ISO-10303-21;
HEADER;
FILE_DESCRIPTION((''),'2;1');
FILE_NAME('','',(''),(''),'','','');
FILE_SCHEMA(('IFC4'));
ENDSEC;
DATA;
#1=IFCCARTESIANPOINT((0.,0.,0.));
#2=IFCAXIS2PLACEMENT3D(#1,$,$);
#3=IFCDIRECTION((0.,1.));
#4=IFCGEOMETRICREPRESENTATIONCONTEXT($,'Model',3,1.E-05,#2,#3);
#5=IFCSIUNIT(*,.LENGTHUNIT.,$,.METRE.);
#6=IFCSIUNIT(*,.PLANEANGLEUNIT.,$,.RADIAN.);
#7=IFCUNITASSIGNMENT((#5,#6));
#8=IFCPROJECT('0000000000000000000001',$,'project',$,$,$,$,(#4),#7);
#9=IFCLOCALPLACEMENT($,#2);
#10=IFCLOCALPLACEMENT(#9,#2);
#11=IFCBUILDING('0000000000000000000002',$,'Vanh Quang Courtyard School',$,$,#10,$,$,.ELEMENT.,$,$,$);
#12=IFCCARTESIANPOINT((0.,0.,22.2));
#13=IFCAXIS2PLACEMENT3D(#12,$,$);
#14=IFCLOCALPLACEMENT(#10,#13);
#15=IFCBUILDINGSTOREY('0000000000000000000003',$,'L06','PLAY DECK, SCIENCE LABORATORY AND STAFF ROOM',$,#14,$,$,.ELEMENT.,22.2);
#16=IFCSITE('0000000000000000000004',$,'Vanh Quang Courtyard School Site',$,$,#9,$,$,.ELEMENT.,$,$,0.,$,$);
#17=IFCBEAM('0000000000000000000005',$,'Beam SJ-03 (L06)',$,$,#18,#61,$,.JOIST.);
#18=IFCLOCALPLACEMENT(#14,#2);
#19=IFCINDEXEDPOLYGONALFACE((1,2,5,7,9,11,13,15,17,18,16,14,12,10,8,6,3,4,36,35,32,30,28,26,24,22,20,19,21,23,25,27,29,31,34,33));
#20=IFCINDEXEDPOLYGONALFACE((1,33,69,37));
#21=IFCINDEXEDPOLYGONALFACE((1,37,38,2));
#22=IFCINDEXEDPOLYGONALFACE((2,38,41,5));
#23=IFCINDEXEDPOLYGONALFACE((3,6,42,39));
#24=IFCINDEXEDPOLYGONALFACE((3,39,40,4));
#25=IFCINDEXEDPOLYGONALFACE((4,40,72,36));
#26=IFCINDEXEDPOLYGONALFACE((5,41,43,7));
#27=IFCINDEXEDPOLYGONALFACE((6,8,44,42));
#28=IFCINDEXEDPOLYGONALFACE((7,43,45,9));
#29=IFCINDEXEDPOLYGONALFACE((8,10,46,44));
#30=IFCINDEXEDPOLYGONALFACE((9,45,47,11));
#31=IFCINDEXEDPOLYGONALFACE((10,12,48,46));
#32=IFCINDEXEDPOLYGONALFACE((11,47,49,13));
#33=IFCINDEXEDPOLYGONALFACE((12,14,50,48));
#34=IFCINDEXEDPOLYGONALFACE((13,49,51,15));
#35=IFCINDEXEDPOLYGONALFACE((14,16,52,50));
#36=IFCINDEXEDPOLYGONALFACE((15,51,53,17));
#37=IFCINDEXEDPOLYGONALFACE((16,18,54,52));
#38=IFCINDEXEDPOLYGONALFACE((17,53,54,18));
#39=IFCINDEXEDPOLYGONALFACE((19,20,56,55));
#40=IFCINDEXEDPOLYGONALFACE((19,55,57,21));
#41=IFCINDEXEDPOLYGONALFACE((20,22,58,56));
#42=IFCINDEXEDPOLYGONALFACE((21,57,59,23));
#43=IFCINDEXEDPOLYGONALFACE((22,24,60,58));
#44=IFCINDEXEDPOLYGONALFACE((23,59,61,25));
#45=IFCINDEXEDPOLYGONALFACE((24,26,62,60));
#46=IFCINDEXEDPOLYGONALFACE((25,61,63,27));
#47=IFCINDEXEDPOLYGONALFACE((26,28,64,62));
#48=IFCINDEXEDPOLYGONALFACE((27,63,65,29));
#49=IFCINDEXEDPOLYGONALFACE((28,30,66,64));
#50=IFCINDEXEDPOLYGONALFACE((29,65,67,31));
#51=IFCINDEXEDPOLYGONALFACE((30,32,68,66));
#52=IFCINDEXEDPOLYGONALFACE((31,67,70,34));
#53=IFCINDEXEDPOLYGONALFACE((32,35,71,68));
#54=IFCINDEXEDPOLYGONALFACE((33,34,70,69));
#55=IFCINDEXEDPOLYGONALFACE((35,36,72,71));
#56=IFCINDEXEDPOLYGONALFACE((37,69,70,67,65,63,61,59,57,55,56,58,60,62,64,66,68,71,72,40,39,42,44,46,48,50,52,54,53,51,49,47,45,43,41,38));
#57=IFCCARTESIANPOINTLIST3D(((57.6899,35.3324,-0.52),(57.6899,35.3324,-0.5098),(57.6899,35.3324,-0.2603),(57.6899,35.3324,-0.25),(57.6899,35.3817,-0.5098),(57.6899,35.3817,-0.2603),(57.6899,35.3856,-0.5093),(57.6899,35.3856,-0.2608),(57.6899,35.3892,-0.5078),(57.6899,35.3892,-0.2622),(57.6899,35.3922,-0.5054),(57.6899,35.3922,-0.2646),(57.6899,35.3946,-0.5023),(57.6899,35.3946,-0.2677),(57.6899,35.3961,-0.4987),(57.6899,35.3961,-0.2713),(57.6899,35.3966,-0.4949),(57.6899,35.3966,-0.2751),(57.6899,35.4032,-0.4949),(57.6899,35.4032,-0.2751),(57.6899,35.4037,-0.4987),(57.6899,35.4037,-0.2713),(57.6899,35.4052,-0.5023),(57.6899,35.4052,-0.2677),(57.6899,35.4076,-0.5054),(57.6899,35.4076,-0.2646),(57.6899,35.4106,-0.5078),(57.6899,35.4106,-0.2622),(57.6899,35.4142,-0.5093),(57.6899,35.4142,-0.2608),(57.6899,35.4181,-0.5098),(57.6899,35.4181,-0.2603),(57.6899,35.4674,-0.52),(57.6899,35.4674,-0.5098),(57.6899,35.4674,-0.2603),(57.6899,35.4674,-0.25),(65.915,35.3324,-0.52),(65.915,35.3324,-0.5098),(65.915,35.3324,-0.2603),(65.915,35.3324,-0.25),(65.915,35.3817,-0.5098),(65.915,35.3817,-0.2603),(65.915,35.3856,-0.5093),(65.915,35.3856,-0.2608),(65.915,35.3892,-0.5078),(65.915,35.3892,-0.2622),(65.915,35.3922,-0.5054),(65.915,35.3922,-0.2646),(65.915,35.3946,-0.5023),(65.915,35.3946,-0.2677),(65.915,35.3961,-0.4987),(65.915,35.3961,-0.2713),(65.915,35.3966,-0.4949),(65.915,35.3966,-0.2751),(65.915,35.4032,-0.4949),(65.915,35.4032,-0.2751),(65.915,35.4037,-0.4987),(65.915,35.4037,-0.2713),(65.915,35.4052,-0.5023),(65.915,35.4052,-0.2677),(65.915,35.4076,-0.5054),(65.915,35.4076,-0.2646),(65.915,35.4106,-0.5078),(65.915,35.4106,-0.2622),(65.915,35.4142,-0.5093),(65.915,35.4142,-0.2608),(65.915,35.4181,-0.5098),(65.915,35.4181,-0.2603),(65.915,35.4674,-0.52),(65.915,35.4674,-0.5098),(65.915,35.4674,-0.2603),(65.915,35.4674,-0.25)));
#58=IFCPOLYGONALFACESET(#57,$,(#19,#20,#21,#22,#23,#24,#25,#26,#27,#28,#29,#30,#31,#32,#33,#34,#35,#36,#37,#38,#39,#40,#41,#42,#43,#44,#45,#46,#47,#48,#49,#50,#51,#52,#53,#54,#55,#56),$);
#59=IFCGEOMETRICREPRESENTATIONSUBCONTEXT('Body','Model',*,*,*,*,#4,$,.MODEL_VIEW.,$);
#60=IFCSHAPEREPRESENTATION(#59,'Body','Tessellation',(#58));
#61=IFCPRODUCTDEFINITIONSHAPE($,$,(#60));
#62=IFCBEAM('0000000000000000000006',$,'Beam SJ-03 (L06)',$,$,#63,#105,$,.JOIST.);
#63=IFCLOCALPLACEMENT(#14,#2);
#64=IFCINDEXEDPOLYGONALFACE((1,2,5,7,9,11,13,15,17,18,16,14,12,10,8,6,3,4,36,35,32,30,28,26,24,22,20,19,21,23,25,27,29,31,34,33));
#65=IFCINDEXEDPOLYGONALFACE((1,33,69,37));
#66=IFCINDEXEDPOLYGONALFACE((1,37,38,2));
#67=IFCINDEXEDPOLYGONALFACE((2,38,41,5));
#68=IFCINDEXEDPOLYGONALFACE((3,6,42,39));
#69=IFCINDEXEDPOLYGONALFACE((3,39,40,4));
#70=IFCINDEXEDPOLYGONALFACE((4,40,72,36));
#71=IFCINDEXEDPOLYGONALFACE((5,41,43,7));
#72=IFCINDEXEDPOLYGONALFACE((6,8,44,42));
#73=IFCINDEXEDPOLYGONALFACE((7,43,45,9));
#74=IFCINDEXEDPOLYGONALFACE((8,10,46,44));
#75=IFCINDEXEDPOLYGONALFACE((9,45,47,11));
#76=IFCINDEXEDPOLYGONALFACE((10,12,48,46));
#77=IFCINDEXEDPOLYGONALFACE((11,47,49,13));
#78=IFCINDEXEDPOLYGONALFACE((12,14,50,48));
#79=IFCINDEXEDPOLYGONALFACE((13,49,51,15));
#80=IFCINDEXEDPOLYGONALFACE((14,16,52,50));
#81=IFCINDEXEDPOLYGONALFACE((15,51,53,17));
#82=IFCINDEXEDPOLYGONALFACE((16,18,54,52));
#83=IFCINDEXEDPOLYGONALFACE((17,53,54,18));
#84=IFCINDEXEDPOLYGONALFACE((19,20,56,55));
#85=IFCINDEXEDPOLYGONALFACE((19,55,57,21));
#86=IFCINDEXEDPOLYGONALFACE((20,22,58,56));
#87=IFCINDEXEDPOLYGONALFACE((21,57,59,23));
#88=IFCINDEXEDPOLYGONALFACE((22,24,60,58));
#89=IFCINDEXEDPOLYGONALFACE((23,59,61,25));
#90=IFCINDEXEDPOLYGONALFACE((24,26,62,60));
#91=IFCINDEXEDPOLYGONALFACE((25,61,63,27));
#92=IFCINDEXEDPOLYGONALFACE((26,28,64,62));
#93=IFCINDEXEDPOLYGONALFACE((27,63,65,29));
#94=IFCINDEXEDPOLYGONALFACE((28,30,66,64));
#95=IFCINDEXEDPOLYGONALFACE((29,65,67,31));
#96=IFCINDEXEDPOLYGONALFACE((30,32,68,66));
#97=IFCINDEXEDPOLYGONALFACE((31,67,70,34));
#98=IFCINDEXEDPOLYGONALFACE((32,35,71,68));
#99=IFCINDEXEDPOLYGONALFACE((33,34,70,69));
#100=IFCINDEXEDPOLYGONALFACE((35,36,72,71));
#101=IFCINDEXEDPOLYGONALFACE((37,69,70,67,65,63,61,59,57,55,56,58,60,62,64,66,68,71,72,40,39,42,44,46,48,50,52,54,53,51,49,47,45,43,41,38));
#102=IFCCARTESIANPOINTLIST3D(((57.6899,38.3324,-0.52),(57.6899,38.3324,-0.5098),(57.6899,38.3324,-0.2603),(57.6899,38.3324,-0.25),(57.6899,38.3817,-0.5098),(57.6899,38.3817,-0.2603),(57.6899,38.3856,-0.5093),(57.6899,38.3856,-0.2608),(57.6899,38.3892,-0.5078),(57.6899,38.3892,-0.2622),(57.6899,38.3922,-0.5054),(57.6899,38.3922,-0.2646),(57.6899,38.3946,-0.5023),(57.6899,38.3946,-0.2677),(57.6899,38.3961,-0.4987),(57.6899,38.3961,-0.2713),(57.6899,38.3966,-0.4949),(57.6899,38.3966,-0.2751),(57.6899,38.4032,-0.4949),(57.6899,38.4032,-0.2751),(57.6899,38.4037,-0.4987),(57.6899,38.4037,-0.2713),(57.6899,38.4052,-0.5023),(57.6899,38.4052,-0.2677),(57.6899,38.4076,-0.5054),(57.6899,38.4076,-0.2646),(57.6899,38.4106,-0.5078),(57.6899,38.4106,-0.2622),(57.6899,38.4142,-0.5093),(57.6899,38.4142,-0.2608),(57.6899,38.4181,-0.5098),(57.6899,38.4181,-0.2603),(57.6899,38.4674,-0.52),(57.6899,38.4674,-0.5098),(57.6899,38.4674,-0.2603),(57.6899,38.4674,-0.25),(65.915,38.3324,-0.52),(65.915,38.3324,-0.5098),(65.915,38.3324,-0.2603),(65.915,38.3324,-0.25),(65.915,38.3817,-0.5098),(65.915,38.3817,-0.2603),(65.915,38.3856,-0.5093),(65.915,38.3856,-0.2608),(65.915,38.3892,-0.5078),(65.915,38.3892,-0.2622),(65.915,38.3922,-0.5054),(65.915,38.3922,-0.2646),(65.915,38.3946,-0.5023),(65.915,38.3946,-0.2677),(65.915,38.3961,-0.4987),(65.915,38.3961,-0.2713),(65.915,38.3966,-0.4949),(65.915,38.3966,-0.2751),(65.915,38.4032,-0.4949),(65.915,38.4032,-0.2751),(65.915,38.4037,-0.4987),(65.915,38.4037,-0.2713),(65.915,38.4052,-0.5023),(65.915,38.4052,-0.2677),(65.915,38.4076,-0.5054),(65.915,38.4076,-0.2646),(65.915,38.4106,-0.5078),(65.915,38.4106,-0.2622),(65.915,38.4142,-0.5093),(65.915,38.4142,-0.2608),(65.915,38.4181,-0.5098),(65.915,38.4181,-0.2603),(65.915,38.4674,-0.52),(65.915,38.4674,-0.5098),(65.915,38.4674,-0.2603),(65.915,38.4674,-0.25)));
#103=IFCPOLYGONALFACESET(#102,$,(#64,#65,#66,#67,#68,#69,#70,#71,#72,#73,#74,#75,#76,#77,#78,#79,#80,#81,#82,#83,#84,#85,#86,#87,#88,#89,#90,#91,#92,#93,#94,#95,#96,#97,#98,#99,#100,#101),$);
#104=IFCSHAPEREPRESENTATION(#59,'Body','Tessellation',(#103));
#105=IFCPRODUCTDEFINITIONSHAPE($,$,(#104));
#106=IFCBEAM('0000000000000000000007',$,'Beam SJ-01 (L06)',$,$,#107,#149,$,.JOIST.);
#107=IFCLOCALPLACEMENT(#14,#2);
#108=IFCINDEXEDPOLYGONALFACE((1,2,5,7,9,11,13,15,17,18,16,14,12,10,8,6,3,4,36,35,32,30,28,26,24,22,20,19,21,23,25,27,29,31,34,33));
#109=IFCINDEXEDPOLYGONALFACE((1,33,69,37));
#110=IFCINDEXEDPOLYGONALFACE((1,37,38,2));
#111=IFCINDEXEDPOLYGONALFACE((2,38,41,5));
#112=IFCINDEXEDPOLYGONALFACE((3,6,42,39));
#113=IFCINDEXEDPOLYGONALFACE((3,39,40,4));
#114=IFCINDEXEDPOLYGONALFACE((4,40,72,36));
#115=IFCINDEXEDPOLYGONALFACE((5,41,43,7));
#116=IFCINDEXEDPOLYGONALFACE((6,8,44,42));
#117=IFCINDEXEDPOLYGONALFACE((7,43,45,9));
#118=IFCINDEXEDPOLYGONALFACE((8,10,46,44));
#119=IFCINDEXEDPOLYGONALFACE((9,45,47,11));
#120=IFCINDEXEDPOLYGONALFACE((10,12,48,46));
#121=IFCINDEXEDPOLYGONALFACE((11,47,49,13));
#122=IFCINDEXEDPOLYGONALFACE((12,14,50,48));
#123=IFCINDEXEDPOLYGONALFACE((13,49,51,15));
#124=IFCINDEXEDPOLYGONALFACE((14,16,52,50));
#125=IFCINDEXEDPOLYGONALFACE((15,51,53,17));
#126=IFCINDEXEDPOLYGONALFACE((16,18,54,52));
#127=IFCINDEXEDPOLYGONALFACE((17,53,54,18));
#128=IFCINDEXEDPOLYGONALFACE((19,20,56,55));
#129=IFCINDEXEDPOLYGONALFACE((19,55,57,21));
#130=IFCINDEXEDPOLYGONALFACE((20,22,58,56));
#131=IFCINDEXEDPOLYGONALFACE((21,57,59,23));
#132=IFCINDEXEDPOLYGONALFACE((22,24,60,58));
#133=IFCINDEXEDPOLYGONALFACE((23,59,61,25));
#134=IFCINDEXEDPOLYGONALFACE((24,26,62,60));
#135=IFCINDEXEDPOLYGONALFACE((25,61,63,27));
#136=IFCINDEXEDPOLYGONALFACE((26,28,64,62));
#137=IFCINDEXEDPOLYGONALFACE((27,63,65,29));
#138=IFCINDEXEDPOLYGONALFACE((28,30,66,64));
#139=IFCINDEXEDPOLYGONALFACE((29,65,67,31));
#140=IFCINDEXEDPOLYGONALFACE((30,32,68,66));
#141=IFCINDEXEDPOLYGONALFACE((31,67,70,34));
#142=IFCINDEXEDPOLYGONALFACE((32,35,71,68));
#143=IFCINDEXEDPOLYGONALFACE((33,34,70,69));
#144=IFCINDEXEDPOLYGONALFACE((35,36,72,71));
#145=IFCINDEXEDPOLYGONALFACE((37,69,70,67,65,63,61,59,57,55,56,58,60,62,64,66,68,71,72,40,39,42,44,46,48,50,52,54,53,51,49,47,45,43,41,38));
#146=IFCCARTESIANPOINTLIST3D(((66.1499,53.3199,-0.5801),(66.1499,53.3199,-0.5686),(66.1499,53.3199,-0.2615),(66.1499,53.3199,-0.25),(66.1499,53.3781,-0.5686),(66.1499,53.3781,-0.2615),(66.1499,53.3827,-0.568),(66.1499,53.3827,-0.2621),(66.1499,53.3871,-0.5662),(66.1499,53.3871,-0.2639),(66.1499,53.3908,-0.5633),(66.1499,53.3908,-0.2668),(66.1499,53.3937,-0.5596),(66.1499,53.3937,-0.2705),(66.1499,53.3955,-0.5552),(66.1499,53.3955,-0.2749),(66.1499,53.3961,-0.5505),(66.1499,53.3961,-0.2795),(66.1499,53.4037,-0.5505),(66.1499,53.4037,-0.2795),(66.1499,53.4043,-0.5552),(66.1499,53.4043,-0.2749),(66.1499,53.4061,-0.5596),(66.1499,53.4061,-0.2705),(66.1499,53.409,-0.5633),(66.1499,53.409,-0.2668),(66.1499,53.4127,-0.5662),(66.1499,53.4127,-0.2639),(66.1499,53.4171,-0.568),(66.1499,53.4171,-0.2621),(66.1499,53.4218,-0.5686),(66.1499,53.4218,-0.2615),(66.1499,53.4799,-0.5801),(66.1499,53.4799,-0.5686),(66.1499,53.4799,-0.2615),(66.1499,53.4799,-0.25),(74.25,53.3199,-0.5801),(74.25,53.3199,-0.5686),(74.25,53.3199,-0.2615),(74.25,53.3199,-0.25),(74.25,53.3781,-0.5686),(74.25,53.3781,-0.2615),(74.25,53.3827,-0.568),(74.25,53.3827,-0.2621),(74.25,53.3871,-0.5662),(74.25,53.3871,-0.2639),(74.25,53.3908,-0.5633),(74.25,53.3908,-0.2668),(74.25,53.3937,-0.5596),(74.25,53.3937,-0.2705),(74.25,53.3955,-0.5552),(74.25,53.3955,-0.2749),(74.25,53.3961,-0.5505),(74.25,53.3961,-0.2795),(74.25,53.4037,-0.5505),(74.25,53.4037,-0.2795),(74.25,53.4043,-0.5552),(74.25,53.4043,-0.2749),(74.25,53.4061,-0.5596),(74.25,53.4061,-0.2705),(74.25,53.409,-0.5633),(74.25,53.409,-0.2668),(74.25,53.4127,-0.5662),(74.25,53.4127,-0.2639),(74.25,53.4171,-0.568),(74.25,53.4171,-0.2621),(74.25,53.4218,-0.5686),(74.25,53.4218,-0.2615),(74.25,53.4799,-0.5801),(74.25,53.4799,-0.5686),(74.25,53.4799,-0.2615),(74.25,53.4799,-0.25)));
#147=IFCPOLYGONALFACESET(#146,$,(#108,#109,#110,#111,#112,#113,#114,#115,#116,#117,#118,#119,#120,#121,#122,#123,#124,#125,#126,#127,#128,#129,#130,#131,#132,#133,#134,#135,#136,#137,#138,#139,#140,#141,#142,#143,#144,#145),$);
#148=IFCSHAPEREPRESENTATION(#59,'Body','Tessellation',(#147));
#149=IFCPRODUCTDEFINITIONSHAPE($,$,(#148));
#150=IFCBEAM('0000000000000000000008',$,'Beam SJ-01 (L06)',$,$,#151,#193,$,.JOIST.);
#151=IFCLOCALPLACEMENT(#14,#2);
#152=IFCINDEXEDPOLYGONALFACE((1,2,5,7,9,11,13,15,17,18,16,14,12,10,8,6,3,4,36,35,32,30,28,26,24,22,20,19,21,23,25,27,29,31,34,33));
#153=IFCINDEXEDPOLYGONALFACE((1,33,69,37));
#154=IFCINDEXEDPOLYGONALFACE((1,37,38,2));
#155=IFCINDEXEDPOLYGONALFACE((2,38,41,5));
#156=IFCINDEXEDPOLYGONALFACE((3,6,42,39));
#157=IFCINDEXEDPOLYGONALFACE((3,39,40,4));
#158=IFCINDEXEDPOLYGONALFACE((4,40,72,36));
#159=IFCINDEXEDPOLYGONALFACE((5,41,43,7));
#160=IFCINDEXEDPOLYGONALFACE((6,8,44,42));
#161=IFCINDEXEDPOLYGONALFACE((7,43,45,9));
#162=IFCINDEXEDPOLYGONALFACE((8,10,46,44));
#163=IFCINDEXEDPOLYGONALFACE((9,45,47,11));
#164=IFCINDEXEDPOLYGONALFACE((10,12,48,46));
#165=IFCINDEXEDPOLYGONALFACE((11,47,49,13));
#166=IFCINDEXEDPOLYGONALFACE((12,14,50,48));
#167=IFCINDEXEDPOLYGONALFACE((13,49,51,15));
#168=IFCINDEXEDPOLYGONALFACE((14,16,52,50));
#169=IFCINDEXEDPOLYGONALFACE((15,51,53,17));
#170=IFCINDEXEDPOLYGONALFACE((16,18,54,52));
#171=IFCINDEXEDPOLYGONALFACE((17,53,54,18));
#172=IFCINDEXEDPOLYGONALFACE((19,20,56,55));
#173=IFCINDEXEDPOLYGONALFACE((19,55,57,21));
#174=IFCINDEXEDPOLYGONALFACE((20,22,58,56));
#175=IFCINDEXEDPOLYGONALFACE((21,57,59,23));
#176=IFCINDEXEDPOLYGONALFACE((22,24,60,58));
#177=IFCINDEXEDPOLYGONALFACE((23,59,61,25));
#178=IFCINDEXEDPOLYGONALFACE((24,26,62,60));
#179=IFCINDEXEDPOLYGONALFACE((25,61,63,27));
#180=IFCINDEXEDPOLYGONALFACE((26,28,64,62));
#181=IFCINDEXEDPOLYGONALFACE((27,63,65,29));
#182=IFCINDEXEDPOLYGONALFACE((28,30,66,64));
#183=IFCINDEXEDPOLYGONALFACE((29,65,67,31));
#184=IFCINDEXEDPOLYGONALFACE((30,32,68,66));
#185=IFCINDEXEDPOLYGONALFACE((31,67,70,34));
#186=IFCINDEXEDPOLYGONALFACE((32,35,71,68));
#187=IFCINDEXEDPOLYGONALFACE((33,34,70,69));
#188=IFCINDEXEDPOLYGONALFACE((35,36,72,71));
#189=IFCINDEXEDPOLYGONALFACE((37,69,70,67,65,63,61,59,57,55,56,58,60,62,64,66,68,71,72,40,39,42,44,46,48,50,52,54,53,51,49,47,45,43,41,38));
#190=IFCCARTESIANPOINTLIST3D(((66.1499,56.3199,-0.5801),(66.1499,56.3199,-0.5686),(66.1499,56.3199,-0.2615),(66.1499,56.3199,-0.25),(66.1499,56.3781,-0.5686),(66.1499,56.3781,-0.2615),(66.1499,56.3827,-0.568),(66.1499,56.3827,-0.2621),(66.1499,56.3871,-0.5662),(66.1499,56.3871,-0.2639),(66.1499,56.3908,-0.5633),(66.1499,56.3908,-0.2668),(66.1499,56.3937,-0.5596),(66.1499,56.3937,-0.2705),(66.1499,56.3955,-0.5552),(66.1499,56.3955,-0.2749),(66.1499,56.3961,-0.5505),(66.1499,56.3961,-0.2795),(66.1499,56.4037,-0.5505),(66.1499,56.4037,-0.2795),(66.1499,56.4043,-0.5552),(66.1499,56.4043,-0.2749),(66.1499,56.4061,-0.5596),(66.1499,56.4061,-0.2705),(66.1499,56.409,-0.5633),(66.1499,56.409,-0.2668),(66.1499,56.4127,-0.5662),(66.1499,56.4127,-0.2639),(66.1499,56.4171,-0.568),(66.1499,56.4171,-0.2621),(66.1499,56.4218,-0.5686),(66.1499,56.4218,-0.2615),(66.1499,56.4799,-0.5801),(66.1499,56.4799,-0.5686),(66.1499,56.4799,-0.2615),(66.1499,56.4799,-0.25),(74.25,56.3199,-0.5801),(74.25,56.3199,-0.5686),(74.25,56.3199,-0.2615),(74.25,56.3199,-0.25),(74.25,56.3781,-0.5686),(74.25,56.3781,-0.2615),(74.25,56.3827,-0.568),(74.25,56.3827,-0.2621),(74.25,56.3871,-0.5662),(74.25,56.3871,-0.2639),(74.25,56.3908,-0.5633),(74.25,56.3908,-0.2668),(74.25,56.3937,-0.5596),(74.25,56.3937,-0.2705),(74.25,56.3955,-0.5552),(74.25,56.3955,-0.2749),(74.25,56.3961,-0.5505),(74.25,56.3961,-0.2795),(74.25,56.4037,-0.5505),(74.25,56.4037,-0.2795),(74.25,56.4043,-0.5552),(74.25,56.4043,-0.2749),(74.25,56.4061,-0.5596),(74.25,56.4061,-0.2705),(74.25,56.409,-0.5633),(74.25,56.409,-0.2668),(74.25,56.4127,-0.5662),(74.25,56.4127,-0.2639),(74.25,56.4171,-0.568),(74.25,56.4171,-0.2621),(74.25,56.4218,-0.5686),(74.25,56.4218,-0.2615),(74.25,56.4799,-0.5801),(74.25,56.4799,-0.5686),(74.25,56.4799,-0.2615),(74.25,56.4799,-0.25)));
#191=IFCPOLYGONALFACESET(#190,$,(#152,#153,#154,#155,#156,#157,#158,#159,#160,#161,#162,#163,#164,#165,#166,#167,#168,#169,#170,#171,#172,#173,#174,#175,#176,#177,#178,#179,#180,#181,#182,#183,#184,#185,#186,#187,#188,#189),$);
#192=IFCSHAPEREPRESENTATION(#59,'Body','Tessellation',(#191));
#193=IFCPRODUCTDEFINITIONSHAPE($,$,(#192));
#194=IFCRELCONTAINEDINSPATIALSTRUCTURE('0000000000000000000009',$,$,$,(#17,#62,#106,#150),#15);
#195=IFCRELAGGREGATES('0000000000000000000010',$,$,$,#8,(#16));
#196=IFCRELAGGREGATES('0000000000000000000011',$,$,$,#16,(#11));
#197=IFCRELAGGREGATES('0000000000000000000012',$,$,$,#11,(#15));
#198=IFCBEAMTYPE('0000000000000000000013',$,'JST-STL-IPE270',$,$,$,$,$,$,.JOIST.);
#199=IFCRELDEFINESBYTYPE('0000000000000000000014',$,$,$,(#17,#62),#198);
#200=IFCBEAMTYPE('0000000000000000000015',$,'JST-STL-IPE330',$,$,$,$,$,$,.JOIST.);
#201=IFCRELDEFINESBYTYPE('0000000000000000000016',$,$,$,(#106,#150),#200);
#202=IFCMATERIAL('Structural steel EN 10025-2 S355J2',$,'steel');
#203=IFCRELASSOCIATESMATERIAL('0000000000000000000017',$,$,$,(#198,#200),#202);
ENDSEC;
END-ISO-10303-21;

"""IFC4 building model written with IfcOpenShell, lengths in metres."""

from ifc_helpers import new_model, si_unit, direction, frame, origin, origin_2d, place, context, subcontext, project, spatial, i_section, extrude, material, material_profile, profile_set, type_object, element, save


model = new_model("IFC4")

# Units and contexts
model_context = context("Model", 3, precision=1e-05, world=origin(), true_north=direction((0.0, 1.0)))
body_context = subcontext(model_context, "Body", "Model", "MODEL_VIEW")
ifc_project = project(units=[si_unit("LENGTHUNIT", "METRE"), si_unit("PLANEANGLEUNIT", "RADIAN")], contexts=[model_context])

# Site, building, storey
site_placement = place(None, origin())
site = spatial("IfcSite", under=ifc_project, at=site_placement, Name="Vanh Quang Courtyard School Site", CompositionType="ELEMENT", RefElevation=0.0)
building_placement = place(site_placement, origin())
building = spatial("IfcBuilding", under=site, at=building_placement, Name="Vanh Quang Courtyard School", CompositionType="ELEMENT")
storey_placement = place(building_placement, frame((0.0, 0.0, 22.2)))
storey = spatial("IfcBuildingStorey", under=building, at=storey_placement, Name="L06", Description="PLAY DECK, SCIENCE LABORATORY AND STAFF ROOM", CompositionType="ELEMENT", Elevation=22.2)

# Beams
ifc_material_1 = material(Name="Structural steel EN 10025-2 S355J2", Category="steel")
ifc_material_profile_1 = material_profile(ifc_material_1, i_section(OverallWidth=0.135, OverallDepth=0.27, WebThickness=0.0066, FlangeThickness=0.0103, FilletRadius=0.0149, at=origin_2d()), Name="IPE 270")
ifc_profile_set_1 = profile_set([ifc_material_profile_1], Name="Structural steel EN 10025-2 S355J2")
beam_type_1 = type_object("IfcBeamType", Name="JST-STL-IPE270", PredefinedType="JOIST", material=ifc_profile_set_1)
for number, where, z_axis, x_axis, name in (
    (1, (57.6899, 35.3999, -0.385), (1.0, 0.0, 0.0), (0.0, 1.0, 0.0), "Beam SJ-03 (L06)"),
    (2, (57.6899, 38.3999, -0.385), (1.0, 0.0, 0.0), (0.0, 1.0, 0.0), "Beam SJ-03 (L06)"),
):
    element("IfcBeam", number, at=place(storey_placement, frame(where, z_axis=z_axis, x_axis=x_axis)), inside=storey, type_object=beam_type_1, Name=name, PredefinedType="JOIST", context=body_context, shape_type="SweptSolid", body=[
        extrude(i_section(OverallWidth=0.135, OverallDepth=0.27, WebThickness=0.0066, FlangeThickness=0.0103, FilletRadius=0.0149, at=origin_2d()), origin(), (0.0, 0.0, 1.0), 8.2251),
    ])
ifc_material_profile_2 = material_profile(ifc_material_1, i_section(OverallWidth=0.1599, OverallDepth=0.3301, WebThickness=0.0076, FlangeThickness=0.0115, FilletRadius=0.0181, at=origin_2d()), Name="IPE 330")
ifc_profile_set_2 = profile_set([ifc_material_profile_2], Name="Structural steel EN 10025-2 S355J2")
beam_type_2 = type_object("IfcBeamType", Name="JST-STL-IPE330", PredefinedType="JOIST", material=ifc_profile_set_2)
for number, where, z_axis, x_axis, name in (
    (3, (66.1499, 53.3999, -0.415), (1.0, 0.0, 0.0), (0.0, 1.0, 0.0), "Beam SJ-01 (L06)"),
    (4, (66.1499, 56.3999, -0.415), (1.0, 0.0, 0.0), (0.0, 1.0, 0.0), "Beam SJ-01 (L06)"),
):
    element("IfcBeam", number, at=place(storey_placement, frame(where, z_axis=z_axis, x_axis=x_axis)), inside=storey, type_object=beam_type_2, Name=name, PredefinedType="JOIST", context=body_context, shape_type="SweptSolid", body=[
        extrude(i_section(OverallWidth=0.1599, OverallDepth=0.3301, WebThickness=0.0076, FlangeThickness=0.0115, FilletRadius=0.0181, at=origin_2d()), origin(), (0.0, 0.0, 1.0), 8.1001),
    ])

save(model, "model.ifc")
